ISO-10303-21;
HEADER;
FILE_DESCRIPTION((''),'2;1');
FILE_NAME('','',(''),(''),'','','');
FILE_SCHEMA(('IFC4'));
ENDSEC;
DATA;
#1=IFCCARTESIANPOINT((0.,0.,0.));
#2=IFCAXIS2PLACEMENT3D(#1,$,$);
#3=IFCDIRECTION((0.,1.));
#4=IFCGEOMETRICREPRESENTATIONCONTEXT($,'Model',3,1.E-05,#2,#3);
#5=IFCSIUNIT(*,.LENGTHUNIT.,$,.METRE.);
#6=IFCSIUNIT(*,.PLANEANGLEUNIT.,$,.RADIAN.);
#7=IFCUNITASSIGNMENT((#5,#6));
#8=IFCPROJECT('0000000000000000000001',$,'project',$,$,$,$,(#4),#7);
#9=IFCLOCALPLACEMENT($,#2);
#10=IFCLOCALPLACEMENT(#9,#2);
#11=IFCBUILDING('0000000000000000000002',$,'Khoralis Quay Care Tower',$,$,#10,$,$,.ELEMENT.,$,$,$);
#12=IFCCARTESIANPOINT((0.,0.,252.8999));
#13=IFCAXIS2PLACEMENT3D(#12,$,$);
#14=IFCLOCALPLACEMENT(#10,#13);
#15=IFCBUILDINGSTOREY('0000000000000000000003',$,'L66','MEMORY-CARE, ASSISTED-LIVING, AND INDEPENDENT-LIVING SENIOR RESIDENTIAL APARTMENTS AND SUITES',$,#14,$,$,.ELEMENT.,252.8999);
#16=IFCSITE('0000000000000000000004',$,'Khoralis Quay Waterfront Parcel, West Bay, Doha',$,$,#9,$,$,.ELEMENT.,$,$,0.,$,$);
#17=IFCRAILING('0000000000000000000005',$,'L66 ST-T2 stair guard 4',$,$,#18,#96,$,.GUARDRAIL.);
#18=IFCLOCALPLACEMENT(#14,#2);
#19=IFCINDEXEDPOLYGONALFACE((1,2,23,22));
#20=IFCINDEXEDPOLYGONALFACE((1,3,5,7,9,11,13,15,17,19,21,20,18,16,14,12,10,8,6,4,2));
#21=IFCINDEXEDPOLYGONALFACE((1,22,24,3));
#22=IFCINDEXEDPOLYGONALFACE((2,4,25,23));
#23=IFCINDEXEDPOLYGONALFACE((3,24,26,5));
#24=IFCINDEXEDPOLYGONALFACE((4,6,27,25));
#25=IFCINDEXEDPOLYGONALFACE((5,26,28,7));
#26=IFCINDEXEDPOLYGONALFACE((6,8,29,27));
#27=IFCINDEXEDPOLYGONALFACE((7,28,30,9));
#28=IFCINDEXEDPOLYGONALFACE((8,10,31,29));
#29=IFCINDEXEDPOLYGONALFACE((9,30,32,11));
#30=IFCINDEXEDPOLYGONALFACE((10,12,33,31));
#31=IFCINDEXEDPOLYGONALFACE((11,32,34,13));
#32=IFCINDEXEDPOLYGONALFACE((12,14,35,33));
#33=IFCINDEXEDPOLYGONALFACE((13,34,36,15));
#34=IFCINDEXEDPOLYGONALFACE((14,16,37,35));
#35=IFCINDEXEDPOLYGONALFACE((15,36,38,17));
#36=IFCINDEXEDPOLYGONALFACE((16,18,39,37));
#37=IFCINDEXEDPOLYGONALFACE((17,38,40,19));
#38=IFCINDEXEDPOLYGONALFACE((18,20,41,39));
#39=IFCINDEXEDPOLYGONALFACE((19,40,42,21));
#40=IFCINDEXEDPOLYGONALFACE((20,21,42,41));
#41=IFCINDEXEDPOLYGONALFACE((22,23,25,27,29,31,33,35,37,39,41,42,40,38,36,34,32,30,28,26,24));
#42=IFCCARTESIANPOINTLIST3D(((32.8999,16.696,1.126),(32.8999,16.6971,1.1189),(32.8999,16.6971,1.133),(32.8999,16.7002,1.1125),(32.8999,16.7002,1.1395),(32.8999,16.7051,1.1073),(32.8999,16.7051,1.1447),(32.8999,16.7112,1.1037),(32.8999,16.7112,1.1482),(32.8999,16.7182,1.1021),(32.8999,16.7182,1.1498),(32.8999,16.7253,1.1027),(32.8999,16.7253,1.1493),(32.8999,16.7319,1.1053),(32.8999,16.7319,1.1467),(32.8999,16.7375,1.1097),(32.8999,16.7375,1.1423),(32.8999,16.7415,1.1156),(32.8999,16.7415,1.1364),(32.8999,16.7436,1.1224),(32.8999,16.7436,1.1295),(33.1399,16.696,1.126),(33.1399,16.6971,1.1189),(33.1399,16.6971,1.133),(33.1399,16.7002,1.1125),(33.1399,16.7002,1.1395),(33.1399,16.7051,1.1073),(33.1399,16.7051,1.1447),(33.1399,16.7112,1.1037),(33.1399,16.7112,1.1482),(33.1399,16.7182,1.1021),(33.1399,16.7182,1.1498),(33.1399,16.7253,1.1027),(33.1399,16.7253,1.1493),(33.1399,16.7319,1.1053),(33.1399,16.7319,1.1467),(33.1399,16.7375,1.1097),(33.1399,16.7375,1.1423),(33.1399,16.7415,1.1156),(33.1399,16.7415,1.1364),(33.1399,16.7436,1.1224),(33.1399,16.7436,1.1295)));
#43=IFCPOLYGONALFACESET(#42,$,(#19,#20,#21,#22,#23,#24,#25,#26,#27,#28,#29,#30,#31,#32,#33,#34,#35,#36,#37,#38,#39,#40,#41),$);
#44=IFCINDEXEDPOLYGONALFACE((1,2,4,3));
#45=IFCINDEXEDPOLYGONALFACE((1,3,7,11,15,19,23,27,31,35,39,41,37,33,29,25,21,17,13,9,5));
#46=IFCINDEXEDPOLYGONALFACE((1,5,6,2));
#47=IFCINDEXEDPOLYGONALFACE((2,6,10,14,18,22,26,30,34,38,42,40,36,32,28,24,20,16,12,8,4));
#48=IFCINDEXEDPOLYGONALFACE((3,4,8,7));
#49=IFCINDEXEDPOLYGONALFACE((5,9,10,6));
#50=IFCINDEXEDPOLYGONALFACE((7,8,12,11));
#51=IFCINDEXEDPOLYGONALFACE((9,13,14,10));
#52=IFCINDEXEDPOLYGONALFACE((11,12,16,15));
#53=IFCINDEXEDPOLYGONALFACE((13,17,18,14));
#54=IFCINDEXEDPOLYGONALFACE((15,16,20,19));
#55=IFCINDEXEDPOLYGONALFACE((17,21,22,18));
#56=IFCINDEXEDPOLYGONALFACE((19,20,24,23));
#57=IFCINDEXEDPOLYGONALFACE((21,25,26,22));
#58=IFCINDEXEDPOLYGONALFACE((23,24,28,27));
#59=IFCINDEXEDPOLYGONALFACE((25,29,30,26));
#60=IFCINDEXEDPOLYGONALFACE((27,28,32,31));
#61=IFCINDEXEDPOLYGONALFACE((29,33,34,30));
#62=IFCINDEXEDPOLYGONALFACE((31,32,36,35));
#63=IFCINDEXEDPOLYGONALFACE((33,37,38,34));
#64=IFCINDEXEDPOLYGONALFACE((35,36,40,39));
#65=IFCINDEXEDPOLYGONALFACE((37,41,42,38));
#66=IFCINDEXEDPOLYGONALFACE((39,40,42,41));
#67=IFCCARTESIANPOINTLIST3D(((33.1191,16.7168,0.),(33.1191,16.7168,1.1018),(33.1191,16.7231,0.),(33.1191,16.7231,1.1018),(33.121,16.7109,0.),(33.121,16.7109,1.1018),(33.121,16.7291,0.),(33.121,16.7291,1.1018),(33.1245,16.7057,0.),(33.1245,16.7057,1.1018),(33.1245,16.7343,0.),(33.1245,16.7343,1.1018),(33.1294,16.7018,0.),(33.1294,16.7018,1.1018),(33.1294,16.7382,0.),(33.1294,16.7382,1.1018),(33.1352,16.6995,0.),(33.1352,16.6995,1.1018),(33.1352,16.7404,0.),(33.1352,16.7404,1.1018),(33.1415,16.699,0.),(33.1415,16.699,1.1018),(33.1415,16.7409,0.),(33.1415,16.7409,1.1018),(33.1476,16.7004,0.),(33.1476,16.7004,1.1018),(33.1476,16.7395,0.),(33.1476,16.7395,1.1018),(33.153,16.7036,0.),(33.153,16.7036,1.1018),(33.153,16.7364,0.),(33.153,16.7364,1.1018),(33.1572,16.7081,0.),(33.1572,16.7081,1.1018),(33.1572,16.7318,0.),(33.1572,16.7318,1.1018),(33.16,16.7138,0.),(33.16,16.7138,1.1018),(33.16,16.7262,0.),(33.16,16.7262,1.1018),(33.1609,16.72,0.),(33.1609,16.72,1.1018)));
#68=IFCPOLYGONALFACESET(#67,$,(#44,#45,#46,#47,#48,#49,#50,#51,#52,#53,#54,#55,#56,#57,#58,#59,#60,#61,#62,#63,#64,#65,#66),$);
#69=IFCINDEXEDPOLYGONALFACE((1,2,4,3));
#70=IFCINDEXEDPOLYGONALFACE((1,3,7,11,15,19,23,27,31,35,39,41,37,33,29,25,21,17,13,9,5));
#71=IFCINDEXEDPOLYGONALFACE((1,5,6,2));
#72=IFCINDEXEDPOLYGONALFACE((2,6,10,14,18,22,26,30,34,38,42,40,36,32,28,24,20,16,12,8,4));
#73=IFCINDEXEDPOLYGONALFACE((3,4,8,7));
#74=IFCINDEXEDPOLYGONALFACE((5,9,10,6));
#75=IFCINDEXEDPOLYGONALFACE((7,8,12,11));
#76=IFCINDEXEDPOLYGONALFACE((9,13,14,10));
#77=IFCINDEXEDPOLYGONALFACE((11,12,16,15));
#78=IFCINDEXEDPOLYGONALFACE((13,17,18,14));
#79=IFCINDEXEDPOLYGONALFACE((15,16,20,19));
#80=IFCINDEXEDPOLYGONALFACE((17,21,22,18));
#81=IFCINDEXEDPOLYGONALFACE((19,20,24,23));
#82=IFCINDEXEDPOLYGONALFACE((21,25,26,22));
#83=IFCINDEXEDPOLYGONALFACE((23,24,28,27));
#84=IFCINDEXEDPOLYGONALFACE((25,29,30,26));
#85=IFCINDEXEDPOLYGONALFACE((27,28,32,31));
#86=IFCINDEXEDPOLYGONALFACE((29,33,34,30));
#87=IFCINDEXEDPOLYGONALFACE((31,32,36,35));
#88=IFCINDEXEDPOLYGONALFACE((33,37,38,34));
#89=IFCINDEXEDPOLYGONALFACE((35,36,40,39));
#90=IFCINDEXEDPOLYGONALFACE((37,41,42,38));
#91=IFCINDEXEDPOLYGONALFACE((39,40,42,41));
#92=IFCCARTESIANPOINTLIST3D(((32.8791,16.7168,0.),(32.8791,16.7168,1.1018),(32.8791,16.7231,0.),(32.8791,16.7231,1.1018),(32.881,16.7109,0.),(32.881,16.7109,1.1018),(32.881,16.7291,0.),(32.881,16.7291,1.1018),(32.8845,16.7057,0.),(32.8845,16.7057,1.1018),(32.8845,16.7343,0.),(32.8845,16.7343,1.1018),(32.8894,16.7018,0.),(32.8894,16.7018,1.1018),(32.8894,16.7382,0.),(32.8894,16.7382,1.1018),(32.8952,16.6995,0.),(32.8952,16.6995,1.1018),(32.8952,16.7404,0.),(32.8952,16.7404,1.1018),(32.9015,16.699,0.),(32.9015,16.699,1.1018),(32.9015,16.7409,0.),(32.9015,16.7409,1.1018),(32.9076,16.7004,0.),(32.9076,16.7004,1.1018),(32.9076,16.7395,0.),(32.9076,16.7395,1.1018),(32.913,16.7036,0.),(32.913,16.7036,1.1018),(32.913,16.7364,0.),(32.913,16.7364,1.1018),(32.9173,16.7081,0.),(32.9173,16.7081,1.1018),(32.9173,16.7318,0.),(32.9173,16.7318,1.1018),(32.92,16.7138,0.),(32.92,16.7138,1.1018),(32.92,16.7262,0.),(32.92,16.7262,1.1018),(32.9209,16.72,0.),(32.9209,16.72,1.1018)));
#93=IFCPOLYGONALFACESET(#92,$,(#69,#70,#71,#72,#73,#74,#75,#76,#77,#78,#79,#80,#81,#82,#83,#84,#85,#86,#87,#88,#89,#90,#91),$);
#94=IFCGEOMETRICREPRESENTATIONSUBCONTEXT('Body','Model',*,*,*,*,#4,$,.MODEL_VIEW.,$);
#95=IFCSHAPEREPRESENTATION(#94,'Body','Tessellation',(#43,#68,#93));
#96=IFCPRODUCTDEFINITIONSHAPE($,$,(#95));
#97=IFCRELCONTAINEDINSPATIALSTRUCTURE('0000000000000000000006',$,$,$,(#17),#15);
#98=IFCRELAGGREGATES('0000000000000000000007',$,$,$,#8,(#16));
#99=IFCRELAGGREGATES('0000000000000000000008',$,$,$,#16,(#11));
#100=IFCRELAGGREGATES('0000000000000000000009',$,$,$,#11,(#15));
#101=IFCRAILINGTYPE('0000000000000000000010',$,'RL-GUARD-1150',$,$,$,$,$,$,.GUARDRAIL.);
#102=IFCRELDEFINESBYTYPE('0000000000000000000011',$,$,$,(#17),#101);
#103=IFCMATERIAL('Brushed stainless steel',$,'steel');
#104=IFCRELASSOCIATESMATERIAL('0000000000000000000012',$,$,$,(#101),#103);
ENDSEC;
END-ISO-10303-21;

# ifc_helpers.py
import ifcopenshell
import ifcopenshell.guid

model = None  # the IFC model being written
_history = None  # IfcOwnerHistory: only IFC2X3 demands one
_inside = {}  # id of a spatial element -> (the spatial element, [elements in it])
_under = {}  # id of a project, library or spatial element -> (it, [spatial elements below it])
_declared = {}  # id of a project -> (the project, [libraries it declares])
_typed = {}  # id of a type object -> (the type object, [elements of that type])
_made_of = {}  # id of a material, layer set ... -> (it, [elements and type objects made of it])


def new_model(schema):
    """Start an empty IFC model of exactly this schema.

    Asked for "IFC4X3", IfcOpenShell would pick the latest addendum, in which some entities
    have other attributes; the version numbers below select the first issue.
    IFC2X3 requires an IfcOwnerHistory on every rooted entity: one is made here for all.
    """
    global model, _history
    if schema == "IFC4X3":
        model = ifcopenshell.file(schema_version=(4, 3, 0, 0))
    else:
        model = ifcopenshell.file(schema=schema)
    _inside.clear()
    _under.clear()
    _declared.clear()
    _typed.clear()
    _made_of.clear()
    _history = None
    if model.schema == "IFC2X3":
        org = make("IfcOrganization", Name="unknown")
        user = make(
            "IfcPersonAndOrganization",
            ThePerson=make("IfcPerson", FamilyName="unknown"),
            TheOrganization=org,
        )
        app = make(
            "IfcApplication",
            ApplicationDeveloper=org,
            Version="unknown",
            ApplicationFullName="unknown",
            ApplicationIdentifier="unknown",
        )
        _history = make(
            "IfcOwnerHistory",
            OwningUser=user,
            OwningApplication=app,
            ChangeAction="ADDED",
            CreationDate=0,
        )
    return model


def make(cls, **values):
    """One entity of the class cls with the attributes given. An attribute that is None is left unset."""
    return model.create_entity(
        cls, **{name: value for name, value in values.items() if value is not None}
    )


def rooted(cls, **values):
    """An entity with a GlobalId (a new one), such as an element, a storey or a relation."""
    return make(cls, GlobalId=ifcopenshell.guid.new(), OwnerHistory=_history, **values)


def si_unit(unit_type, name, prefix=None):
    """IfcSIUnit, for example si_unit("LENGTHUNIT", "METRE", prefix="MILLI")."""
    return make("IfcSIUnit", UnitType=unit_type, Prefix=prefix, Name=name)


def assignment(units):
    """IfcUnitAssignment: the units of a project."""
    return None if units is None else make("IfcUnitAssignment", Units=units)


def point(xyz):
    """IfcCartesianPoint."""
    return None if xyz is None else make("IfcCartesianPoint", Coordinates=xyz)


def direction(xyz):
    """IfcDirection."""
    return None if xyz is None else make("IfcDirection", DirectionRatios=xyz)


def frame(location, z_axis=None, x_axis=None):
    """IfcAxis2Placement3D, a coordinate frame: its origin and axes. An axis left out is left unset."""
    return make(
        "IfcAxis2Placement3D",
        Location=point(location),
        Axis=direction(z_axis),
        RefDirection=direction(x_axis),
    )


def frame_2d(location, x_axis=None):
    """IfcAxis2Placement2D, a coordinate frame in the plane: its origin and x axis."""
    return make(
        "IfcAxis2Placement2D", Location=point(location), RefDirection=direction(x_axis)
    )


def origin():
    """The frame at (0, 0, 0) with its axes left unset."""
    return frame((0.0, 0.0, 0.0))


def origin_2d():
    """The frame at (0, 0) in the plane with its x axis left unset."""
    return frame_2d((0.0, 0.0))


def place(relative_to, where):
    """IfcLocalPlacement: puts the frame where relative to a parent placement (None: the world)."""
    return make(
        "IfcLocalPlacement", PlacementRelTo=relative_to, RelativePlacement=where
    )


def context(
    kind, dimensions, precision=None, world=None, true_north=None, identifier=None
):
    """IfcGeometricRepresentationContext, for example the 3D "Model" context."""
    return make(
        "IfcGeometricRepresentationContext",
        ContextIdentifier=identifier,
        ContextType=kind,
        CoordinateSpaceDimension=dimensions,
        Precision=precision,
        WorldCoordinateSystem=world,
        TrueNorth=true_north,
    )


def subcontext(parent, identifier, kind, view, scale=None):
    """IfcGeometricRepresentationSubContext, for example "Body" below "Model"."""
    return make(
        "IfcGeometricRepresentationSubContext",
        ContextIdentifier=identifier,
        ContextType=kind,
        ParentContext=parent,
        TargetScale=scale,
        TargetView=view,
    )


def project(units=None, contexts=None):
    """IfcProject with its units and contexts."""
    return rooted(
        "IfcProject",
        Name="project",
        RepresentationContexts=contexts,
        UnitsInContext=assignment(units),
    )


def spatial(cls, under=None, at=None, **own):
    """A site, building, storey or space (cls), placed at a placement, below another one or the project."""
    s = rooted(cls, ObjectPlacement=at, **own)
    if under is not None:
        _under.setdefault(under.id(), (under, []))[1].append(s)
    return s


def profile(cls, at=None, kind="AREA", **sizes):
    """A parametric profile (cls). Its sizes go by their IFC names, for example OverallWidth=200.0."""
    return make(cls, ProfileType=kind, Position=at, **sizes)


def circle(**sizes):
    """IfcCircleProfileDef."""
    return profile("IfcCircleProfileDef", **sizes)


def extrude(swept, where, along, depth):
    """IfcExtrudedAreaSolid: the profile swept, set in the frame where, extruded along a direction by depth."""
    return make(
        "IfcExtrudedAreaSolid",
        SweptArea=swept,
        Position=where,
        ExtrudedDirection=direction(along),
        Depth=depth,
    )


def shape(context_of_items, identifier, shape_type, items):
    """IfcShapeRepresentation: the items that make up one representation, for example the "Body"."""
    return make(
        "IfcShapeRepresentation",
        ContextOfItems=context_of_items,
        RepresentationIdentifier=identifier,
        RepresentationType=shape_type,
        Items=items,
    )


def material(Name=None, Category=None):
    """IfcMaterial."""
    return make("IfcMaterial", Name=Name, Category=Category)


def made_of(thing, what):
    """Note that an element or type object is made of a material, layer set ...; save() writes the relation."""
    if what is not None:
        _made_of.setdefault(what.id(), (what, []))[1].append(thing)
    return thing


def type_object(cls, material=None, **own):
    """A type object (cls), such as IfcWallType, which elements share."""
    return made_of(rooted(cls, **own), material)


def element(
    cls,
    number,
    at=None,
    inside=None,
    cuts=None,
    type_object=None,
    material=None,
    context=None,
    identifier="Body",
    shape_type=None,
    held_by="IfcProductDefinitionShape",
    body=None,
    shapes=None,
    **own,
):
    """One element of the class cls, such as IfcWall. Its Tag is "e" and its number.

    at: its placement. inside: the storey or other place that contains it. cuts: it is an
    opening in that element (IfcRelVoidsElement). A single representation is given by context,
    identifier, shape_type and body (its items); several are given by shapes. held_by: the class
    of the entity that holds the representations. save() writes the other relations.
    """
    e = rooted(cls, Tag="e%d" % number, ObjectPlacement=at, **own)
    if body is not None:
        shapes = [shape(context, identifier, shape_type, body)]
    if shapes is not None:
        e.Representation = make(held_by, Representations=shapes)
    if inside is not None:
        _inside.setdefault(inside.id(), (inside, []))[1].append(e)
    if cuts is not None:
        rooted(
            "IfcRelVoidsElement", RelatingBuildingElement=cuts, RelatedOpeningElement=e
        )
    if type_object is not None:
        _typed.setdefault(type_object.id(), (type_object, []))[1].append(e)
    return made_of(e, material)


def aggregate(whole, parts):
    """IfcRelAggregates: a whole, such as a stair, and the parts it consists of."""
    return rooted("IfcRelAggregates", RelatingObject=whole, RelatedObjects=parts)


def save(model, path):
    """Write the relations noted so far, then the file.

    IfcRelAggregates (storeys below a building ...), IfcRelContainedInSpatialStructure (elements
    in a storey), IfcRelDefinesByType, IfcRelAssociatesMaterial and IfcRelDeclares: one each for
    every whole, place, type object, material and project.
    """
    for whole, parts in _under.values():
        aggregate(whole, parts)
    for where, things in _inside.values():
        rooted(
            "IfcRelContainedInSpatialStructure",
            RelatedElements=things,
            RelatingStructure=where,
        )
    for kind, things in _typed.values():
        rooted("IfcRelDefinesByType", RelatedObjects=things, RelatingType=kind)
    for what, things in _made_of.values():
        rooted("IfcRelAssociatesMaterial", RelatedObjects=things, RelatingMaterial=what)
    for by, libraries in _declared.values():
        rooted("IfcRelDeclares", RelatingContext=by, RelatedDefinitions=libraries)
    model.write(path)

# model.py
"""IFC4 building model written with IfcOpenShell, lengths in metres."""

from ifc_helpers import new_model, si_unit, direction, frame, origin, origin_2d, place, context, subcontext, project, spatial, circle, extrude, material, type_object, element, save


model = new_model("IFC4")

# Units and contexts
model_context = context("Model", 3, precision=1e-05, world=origin(), true_north=direction((0.0, 1.0)))
body_context = subcontext(model_context, "Body", "Model", "MODEL_VIEW")
ifc_project = project(units=[si_unit("LENGTHUNIT", "METRE"), si_unit("PLANEANGLEUNIT", "RADIAN")], contexts=[model_context])

# Site, building, storey
site_placement = place(None, origin())
site = spatial("IfcSite", under=ifc_project, at=site_placement, Name="Khoralis Quay Waterfront Parcel, West Bay, Doha", CompositionType="ELEMENT", RefElevation=0.0)
building_placement = place(site_placement, origin())
building = spatial("IfcBuilding", under=site, at=building_placement, Name="Khoralis Quay Care Tower", CompositionType="ELEMENT")
storey_placement = place(building_placement, frame((0.0, 0.0, 252.8999)))
storey = spatial("IfcBuildingStorey", under=building, at=storey_placement, Name="L66", Description="MEMORY-CARE, ASSISTED-LIVING, AND INDEPENDENT-LIVING SENIOR RESIDENTIAL APARTMENTS AND SUITES", CompositionType="ELEMENT", Elevation=252.8999)

# Shared definitions
ifc_material_1 = material(Name="Brushed stainless steel", Category="steel")

# Railing
railing_type_1 = type_object("IfcRailingType", Name="RL-GUARD-1150", PredefinedType="GUARDRAIL", material=ifc_material_1)
railing_1_placement = place(storey_placement, frame((33.1399, 16.72, 0.0)))
element("IfcRailing", 1, at=railing_1_placement, inside=storey, type_object=railing_type_1, Name="L66 ST-T2 stair guard 4", PredefinedType="GUARDRAIL", context=body_context, shape_type="SweptSolid", body=[
    extrude(circle(Radius=0.0239, at=origin_2d()), frame((0.0, 0.0, 1.126), z_axis=(-1.0, 0.0, 0.0), x_axis=(0.0, -1.0, 0.0)), (0.0, 0.0, 1.0), 0.24),
    extrude(circle(Radius=0.021, at=origin_2d()), origin(), (0.0, 0.0, 1.0), 1.1018),
    extrude(circle(Radius=0.021, at=origin_2d()), frame((-0.24, 0.0, 0.0)), (0.0, 0.0, 1.0), 1.1018),
])

save(model, "model.ifc")
